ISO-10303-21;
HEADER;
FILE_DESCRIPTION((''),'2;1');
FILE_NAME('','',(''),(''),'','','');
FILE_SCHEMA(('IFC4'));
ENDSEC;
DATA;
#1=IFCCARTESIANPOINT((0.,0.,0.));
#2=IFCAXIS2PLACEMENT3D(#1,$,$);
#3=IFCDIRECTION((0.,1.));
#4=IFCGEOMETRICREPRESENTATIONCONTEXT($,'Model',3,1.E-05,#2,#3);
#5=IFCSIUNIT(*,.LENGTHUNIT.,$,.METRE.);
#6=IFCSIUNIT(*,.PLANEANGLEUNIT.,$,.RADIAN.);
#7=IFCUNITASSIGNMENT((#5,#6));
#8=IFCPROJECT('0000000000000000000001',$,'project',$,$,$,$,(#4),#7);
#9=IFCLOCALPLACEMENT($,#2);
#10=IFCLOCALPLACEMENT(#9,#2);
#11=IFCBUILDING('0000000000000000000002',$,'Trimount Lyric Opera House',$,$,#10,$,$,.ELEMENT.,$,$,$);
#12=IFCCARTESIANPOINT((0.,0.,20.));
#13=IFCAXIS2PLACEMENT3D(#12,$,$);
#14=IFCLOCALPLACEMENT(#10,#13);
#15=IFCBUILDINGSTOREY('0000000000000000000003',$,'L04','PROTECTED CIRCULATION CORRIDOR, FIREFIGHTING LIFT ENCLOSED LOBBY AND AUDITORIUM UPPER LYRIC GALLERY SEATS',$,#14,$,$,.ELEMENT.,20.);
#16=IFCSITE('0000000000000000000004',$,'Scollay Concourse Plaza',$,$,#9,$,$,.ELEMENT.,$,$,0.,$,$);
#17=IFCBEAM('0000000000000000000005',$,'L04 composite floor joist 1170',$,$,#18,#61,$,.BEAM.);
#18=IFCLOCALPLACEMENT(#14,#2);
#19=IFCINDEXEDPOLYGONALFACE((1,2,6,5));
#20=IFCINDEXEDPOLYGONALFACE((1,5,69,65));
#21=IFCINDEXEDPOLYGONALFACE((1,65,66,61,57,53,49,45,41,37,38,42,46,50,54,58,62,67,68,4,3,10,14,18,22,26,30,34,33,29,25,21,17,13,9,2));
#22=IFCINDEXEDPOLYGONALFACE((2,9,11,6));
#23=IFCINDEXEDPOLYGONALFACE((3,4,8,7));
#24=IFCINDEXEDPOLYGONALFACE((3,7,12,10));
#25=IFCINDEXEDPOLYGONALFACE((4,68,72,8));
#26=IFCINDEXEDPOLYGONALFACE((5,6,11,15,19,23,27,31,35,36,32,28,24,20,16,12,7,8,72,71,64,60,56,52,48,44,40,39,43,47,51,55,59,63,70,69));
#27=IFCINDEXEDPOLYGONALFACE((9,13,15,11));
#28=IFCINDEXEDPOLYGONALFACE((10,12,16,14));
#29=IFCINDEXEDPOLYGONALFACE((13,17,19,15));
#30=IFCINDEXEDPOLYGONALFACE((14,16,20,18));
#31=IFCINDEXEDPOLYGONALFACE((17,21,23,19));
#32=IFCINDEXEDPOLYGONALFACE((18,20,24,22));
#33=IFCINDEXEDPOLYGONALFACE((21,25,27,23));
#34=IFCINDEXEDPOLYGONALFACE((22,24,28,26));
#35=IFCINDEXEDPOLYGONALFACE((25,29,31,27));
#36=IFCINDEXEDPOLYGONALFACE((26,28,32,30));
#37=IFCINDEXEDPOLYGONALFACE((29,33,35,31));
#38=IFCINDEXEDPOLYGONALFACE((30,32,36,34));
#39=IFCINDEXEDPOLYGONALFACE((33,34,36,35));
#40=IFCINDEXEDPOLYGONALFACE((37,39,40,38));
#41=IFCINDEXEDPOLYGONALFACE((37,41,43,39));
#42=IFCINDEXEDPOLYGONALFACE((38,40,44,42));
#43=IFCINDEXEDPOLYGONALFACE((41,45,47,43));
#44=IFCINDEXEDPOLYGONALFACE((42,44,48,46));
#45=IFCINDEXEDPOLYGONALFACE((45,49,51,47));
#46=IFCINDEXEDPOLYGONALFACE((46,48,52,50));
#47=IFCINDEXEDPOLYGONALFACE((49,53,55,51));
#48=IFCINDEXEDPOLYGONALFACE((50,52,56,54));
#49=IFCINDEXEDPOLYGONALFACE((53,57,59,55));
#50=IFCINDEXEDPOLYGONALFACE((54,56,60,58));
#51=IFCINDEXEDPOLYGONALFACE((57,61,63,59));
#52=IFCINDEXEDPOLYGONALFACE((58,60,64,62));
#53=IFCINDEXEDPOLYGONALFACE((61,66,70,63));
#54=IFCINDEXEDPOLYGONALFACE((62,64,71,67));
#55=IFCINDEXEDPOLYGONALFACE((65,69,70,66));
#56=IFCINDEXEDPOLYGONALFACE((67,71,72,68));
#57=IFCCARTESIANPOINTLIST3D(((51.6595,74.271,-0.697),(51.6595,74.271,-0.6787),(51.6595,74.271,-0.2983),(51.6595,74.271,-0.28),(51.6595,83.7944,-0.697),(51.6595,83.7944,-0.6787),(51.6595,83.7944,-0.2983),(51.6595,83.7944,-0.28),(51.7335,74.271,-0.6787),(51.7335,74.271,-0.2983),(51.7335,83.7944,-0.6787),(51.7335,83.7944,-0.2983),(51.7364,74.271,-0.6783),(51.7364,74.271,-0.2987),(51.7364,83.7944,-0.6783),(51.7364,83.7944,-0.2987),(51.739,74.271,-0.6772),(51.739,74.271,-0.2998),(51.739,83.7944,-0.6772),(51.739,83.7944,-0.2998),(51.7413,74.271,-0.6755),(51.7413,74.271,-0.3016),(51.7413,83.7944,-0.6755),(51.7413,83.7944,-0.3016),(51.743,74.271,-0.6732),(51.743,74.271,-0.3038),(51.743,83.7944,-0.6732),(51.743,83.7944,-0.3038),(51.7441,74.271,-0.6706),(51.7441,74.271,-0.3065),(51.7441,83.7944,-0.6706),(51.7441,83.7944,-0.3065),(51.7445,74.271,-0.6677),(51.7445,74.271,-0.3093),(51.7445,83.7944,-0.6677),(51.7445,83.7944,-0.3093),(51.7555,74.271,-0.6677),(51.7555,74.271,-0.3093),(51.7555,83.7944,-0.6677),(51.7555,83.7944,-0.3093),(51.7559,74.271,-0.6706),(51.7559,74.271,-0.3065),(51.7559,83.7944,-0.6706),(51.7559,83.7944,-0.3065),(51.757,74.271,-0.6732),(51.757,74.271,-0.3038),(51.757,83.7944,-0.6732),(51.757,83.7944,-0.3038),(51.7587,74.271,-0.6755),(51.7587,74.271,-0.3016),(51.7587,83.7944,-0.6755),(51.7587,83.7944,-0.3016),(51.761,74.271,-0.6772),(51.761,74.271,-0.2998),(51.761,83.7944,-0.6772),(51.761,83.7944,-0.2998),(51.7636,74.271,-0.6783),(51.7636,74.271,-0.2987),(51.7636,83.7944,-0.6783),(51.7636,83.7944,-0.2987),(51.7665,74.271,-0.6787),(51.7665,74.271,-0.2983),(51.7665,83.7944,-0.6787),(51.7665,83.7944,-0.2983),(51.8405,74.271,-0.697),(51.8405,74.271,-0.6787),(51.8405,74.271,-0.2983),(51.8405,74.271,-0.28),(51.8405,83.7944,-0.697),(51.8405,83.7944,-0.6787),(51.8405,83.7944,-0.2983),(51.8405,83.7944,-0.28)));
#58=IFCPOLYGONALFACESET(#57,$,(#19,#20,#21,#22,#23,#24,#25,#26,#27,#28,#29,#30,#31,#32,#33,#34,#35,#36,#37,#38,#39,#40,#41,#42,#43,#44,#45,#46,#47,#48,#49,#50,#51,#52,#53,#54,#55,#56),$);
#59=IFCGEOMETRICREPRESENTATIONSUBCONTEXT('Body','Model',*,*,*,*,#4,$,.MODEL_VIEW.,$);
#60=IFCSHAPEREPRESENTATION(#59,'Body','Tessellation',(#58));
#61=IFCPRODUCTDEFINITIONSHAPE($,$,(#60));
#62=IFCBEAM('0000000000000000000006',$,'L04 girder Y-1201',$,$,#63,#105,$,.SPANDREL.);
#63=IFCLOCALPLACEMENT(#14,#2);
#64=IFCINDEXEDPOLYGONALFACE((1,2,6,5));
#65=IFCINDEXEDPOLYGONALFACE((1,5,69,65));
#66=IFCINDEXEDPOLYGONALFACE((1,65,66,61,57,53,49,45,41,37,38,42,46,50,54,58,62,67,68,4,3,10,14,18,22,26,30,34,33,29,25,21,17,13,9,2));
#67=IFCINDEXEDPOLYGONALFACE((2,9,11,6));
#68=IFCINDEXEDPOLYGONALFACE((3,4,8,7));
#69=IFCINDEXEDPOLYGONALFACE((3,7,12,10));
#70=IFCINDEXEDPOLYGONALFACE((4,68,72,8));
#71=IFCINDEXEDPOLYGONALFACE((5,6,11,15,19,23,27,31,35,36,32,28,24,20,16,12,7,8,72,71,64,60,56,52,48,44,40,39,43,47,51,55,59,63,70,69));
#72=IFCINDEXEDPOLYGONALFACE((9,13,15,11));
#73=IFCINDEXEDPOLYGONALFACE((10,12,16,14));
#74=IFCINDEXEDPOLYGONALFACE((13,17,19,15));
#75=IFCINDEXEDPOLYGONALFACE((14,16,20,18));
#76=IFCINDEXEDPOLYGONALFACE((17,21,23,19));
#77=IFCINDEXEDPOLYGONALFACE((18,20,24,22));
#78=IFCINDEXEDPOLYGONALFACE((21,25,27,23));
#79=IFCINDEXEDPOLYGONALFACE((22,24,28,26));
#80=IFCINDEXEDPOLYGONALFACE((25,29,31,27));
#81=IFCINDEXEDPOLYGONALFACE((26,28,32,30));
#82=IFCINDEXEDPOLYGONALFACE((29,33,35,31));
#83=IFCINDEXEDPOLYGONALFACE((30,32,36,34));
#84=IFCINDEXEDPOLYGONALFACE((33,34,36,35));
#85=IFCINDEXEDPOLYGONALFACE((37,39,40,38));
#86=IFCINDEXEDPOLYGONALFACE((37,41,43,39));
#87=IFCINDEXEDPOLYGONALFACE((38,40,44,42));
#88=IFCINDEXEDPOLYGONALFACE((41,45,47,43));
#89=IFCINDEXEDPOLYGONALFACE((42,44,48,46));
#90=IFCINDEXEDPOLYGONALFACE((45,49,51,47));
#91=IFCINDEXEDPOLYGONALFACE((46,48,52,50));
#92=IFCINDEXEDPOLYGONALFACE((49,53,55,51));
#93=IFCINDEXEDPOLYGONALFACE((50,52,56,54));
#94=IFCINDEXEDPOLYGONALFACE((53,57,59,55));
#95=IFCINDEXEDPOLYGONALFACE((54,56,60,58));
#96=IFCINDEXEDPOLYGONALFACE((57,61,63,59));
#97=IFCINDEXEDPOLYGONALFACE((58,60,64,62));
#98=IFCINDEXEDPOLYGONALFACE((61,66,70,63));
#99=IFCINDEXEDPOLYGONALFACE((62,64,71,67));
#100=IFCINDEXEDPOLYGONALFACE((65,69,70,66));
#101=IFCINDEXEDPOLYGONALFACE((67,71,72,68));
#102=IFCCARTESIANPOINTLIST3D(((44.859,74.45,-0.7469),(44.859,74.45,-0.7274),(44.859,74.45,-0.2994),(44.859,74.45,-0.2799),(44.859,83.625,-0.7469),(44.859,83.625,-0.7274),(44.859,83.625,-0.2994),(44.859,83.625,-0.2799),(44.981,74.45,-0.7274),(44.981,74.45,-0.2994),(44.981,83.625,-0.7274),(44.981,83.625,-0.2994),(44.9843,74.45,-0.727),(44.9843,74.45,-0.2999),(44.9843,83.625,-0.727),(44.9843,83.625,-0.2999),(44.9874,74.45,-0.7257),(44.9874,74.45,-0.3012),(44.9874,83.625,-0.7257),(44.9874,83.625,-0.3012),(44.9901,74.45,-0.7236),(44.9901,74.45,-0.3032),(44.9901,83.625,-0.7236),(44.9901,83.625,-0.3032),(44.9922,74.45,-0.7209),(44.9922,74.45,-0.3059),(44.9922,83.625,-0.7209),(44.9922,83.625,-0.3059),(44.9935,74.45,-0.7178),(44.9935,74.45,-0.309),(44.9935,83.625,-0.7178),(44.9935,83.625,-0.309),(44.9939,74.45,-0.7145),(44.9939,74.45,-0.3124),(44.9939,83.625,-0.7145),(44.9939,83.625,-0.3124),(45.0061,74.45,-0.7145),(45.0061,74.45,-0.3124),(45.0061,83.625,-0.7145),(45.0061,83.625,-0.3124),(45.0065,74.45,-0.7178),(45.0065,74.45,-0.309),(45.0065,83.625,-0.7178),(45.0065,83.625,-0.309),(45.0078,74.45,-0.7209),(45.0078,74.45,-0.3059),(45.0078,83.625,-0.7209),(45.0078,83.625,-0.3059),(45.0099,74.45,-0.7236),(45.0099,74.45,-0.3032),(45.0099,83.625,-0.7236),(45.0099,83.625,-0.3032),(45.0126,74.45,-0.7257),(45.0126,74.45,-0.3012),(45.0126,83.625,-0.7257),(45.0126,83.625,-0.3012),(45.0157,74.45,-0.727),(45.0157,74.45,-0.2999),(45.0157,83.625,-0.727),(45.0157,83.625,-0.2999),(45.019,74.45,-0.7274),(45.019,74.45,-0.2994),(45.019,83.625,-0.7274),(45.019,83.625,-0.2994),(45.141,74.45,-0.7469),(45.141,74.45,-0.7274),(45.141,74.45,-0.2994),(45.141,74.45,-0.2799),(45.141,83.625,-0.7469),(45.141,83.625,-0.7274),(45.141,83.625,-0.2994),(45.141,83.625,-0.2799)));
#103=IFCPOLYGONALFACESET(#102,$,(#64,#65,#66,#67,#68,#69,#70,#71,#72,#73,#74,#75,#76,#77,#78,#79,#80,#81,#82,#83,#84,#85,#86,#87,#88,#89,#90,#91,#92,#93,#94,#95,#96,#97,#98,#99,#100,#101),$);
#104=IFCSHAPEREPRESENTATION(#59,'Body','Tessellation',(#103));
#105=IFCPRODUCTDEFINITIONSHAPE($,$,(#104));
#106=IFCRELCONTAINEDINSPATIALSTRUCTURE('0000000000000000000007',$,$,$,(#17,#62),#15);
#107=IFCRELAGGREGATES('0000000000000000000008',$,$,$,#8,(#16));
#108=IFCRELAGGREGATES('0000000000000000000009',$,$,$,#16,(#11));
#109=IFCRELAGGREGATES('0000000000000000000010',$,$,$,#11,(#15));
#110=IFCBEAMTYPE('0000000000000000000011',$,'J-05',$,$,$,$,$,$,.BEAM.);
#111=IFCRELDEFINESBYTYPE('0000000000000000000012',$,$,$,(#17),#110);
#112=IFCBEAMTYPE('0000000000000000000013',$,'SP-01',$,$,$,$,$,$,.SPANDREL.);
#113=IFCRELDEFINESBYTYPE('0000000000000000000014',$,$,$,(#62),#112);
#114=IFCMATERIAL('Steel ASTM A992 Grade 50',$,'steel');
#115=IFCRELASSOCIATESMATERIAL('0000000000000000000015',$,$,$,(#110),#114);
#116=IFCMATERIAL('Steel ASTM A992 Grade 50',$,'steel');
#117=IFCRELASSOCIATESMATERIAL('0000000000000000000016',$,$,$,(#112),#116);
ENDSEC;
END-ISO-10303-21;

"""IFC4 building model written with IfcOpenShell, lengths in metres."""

from ifc_helpers import new_model, si_unit, direction, frame, origin, origin_2d, place, context, subcontext, project, spatial, i_section, extrude, material, material_profile, profile_set, type_object, element, save


model = new_model("IFC4")

# Units and contexts
model_context = context("Model", 3, precision=1e-05, world=origin(), true_north=direction((0.0, 1.0)))
body_context = subcontext(model_context, "Body", "Model", "MODEL_VIEW")
ifc_project = project(units=[si_unit("LENGTHUNIT", "METRE"), si_unit("PLANEANGLEUNIT", "RADIAN")], contexts=[model_context])

# Site, building, storey
site_placement = place(None, origin())
site = spatial("IfcSite", under=ifc_project, at=site_placement, Name="Scollay Concourse Plaza", CompositionType="ELEMENT", RefElevation=0.0)
building_placement = place(site_placement, origin())
building = spatial("IfcBuilding", under=site, at=building_placement, Name="Trimount Lyric Opera House", CompositionType="ELEMENT")
storey_placement = place(building_placement, frame((0.0, 0.0, 20.0)))
storey = spatial("IfcBuildingStorey", under=building, at=storey_placement, Name="L04", Description="PROTECTED CIRCULATION CORRIDOR, FIREFIGHTING LIFT ENCLOSED LOBBY AND AUDITORIUM UPPER LYRIC GALLERY SEATS", CompositionType="ELEMENT", Elevation=20.0)

# Beams
ifc_material_1 = material(Name="Steel ASTM A992 Grade 50", Category="steel")
ifc_material_profile_1 = material_profile(ifc_material_1, i_section(OverallWidth=0.1809, OverallDepth=0.417, WebThickness=0.011, FlangeThickness=0.0183, FilletRadius=0.011, at=origin_2d()), Name="W16X57")
ifc_profile_set_1 = profile_set([ifc_material_profile_1], Name="Steel ASTM A992 Grade 50")
beam_type_1 = type_object("IfcBeamType", Name="J-05", PredefinedType="BEAM", material=ifc_profile_set_1)
beam_1_placement = place(storey_placement, frame((51.75, 74.271, -0.4885), z_axis=(0.0, 1.0, 0.0), x_axis=(-1.0, 0.0, 0.0)))
element("IfcBeam", 1, at=beam_1_placement, inside=storey, type_object=beam_type_1, Name="L04 composite floor joist 1170", PredefinedType="BEAM", context=body_context, shape_type="SweptSolid", body=[
    extrude(i_section(OverallWidth=0.1809, OverallDepth=0.417, WebThickness=0.011, FlangeThickness=0.0183, FilletRadius=0.011, at=origin_2d()), origin(), (0.0, 0.0, 1.0), 9.5234),
])
ifc_material_2 = material(Name="Steel ASTM A992 Grade 50", Category="steel")
ifc_material_profile_2 = material_profile(ifc_material_2, i_section(OverallWidth=0.282, OverallDepth=0.467, WebThickness=0.0122, FlangeThickness=0.0195, FilletRadius=0.0129, at=origin_2d()), Name="W18X86")
ifc_profile_set_2 = profile_set([ifc_material_profile_2], Name="Steel ASTM A992 Grade 50")
beam_type_2 = type_object("IfcBeamType", Name="SP-01", PredefinedType="SPANDREL", material=ifc_profile_set_2)
beam_2_placement = place(storey_placement, frame((45.0, 74.45, -0.5134), z_axis=(0.0, 1.0, 0.0), x_axis=(-1.0, 0.0, 0.0)))
element("IfcBeam", 2, at=beam_2_placement, inside=storey, type_object=beam_type_2, Name="L04 girder Y-1201", PredefinedType="SPANDREL", context=body_context, shape_type="SweptSolid", body=[
    extrude(i_section(OverallWidth=0.282, OverallDepth=0.467, WebThickness=0.0122, FlangeThickness=0.0195, FilletRadius=0.0129, at=origin_2d()), origin(), (0.0, 0.0, 1.0), 9.175),
])

save(model, "model.ifc")
